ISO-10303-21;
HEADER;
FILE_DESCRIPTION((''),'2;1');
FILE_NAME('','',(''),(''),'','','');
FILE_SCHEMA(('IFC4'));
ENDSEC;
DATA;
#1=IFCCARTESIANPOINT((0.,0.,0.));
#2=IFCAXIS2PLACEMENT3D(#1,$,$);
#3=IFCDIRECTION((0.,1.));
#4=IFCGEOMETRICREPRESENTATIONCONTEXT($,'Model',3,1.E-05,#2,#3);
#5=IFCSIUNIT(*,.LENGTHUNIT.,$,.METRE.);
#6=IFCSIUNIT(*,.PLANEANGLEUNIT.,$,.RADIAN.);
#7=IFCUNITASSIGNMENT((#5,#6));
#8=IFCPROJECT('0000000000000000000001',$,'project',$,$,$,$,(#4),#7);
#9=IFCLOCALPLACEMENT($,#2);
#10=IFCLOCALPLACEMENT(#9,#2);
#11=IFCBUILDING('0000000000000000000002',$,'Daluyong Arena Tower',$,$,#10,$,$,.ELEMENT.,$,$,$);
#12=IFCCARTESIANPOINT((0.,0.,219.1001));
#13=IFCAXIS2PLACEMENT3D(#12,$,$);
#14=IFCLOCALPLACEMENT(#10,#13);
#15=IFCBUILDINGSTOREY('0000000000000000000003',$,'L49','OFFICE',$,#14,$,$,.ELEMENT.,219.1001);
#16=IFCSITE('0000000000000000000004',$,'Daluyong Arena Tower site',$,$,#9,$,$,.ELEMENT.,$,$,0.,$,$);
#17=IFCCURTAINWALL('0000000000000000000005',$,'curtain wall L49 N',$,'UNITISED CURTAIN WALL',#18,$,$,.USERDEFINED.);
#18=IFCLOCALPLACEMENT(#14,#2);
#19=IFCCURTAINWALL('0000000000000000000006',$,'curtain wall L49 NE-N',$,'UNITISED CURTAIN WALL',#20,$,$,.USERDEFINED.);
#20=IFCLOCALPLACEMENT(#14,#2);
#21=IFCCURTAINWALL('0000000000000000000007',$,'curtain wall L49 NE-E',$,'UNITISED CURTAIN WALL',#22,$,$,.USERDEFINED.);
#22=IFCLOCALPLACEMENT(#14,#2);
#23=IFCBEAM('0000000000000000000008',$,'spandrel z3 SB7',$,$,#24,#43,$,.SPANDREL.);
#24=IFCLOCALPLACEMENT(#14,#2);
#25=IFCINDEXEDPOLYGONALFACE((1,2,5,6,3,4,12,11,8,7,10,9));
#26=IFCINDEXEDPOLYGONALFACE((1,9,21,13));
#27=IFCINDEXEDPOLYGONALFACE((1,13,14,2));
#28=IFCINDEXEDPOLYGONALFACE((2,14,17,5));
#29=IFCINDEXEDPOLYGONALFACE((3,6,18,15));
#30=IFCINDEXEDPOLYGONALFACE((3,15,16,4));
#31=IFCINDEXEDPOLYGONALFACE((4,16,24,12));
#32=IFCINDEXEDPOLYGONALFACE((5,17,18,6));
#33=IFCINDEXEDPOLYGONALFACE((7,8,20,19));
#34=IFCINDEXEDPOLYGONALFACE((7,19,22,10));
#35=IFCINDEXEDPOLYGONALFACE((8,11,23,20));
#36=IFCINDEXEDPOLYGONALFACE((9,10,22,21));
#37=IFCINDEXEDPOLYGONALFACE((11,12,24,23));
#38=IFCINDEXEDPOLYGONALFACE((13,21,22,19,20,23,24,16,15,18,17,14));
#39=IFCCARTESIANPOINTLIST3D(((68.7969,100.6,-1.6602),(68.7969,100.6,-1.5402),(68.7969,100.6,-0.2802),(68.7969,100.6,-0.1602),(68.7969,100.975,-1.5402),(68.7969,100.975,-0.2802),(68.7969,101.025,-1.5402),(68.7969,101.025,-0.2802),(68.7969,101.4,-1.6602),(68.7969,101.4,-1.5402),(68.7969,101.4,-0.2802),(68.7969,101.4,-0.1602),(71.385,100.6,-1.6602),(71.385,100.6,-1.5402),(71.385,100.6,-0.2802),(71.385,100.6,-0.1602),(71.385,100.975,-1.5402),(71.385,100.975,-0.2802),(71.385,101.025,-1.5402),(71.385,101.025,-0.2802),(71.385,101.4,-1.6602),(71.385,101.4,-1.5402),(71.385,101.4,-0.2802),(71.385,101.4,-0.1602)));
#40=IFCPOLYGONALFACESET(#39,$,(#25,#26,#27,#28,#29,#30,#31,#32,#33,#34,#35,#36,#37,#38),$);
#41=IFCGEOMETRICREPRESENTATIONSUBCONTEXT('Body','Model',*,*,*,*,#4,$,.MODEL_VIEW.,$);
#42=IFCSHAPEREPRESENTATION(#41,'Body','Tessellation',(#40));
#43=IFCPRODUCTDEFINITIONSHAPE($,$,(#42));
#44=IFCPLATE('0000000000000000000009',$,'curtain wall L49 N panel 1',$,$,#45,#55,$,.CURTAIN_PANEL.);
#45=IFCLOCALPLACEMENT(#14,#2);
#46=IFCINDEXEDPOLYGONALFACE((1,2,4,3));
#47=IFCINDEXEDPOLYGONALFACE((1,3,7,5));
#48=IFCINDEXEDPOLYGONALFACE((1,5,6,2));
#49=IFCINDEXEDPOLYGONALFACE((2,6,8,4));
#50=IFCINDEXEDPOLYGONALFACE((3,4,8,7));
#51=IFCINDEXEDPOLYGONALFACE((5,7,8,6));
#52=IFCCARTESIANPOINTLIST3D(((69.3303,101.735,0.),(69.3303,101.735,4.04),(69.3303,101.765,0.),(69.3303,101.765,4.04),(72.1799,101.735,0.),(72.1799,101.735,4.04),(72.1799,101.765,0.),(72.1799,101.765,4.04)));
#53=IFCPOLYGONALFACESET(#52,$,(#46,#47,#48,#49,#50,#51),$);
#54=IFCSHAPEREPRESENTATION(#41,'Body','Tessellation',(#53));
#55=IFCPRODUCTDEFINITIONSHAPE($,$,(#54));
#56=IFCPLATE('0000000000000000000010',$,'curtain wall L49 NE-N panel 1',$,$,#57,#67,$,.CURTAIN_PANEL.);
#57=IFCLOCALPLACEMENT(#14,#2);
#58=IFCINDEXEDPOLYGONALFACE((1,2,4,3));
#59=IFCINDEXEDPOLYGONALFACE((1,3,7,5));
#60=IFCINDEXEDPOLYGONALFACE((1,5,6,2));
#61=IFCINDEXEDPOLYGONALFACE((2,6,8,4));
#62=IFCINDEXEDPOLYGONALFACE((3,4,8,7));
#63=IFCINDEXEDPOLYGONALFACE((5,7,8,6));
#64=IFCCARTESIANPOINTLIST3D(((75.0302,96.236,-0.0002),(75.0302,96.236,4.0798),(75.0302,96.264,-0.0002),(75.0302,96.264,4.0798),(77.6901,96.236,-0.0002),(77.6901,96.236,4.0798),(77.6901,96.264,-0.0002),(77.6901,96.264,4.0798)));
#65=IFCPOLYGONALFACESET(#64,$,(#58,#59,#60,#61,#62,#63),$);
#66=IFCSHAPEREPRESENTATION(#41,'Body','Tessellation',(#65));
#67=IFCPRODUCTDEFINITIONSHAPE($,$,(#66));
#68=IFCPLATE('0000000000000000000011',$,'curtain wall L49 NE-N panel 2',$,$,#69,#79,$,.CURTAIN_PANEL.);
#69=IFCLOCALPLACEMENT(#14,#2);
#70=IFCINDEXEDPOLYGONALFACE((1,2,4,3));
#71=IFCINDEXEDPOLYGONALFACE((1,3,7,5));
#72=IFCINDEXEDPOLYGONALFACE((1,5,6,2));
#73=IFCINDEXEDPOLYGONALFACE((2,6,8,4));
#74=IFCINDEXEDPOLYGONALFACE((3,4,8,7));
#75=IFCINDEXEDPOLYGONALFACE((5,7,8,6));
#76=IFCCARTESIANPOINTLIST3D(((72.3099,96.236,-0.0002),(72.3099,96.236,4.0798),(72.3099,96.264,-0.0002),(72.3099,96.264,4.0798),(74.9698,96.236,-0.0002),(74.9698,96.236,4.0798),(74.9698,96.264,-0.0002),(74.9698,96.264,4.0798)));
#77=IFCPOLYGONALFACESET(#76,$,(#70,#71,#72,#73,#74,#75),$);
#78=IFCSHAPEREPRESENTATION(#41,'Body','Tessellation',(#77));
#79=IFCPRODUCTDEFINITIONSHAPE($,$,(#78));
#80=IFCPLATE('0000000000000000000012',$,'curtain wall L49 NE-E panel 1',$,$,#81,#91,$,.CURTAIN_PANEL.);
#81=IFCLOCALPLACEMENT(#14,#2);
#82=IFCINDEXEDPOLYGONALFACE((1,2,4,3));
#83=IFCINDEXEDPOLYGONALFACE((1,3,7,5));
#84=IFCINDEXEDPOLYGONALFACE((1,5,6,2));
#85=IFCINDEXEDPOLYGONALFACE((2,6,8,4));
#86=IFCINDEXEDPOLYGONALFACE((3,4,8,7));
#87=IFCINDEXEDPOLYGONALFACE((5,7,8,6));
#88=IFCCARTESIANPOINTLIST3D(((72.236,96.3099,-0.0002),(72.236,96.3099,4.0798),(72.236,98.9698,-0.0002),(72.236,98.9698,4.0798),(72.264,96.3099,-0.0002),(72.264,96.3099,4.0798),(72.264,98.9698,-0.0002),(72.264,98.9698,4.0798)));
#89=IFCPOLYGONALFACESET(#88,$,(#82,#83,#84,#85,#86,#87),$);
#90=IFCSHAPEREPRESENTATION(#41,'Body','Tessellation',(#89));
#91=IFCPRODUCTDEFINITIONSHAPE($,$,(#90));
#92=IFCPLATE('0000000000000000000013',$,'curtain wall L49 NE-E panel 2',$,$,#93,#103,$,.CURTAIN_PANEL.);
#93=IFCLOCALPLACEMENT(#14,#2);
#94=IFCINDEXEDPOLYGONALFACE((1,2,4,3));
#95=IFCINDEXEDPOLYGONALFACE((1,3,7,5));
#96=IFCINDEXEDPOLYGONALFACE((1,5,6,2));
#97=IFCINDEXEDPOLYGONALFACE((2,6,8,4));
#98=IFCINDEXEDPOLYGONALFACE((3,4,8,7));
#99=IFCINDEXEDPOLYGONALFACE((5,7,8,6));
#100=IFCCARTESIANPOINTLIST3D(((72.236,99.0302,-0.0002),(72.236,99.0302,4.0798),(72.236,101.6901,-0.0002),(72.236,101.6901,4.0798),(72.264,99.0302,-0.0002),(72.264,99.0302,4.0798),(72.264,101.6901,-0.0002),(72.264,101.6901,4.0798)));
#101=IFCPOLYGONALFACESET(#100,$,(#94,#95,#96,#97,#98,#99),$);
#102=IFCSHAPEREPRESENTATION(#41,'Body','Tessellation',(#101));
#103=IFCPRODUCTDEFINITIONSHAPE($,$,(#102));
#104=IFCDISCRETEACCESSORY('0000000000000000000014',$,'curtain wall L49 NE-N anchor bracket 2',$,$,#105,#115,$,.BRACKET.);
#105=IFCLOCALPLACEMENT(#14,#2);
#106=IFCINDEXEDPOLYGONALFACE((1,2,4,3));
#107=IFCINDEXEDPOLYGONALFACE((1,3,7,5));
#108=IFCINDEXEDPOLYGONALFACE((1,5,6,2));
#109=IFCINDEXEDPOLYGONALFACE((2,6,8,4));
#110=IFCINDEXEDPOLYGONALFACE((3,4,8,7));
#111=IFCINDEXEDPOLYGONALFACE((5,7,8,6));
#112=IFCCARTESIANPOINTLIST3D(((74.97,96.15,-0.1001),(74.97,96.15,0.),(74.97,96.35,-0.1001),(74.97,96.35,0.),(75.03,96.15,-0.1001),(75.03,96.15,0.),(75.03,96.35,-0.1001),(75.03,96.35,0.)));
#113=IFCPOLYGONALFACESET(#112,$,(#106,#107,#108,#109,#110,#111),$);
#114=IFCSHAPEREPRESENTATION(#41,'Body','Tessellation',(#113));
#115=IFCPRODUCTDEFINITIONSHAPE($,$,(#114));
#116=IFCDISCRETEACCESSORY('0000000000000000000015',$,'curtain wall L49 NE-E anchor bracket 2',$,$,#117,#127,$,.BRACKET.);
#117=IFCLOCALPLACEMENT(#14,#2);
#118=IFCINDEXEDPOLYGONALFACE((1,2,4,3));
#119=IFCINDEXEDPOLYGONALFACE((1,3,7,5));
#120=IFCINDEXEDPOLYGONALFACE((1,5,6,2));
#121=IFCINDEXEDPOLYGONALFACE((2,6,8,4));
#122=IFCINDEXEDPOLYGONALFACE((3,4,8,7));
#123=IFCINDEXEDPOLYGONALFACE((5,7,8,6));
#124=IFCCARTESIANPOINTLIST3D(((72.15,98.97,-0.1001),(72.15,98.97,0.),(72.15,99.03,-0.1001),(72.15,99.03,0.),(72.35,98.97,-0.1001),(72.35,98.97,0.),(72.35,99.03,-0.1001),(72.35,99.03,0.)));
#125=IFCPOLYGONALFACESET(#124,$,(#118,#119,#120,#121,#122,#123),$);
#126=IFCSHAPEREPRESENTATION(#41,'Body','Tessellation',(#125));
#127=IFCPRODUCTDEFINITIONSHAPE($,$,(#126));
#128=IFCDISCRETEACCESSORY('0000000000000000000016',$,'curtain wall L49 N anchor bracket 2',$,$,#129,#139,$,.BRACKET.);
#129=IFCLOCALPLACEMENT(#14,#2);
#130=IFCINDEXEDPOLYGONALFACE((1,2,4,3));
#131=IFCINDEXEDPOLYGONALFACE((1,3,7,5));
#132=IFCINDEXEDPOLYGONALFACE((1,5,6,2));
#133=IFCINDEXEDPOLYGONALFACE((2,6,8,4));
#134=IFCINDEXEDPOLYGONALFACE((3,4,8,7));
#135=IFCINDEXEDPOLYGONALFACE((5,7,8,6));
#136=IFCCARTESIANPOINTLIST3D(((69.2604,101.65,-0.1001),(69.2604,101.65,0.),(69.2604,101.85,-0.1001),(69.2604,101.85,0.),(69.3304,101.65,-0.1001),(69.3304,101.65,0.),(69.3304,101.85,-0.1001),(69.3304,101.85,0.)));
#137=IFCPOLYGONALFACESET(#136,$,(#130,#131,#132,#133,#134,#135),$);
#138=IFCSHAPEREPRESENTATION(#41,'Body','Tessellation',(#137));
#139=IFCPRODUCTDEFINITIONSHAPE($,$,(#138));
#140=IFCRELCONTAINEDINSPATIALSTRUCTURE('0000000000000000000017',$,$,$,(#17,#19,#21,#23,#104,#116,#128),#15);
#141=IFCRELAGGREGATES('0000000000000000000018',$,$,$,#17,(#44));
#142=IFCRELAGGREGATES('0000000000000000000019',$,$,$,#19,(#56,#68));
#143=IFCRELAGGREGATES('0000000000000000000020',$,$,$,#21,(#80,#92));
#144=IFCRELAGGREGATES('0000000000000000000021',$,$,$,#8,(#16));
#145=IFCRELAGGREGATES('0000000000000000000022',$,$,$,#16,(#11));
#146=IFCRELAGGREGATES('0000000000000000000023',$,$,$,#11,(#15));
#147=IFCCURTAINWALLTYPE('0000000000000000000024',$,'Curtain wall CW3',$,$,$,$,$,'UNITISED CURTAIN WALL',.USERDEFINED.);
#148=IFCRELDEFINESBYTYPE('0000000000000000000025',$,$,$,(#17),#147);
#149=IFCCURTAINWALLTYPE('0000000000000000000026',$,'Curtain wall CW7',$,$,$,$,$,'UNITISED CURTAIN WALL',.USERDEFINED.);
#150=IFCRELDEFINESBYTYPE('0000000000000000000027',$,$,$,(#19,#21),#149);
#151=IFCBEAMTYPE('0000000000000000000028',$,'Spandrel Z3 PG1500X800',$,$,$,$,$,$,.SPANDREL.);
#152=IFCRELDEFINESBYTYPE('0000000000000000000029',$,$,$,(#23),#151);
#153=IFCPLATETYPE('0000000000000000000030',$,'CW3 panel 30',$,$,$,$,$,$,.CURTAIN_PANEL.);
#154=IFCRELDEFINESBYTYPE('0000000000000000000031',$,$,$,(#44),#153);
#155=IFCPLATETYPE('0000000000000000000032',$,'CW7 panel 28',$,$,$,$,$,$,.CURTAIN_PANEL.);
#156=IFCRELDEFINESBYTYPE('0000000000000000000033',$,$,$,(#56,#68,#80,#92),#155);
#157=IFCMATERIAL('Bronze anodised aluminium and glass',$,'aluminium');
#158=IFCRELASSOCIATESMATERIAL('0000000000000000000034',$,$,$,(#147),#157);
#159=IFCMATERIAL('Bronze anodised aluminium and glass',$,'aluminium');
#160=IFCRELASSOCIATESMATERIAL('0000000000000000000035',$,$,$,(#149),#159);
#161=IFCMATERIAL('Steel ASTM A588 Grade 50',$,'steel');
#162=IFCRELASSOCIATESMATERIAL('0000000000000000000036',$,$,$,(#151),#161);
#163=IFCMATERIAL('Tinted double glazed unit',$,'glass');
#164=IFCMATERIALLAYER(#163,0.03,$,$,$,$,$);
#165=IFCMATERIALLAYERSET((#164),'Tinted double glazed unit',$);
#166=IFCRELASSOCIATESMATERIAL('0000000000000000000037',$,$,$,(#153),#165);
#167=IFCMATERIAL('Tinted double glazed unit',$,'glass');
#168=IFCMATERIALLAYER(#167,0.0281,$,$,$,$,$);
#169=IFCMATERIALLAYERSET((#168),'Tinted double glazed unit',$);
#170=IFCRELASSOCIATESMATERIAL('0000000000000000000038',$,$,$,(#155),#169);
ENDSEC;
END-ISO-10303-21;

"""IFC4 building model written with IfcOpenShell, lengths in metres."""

from ifc_helpers import new_model, si_unit, direction, frame, origin, origin_2d, place, context, subcontext, project, spatial, rectangle, i_section, extrude, material, layer, layer_set, material_profile, profile_set, type_object, element, aggregate, save


model = new_model("IFC4")

# Units and contexts
model_context = context("Model", 3, precision=1e-05, world=origin(), true_north=direction((0.0, 1.0)))
body_context = subcontext(model_context, "Body", "Model", "MODEL_VIEW")
ifc_project = project(units=[si_unit("LENGTHUNIT", "METRE"), si_unit("PLANEANGLEUNIT", "RADIAN")], contexts=[model_context])

# Site, building, storey
site_placement = place(None, origin())
site = spatial("IfcSite", under=ifc_project, at=site_placement, Name="Daluyong Arena Tower site", CompositionType="ELEMENT", RefElevation=0.0)
building_placement = place(site_placement, origin())
building = spatial("IfcBuilding", under=site, at=building_placement, Name="Daluyong Arena Tower", CompositionType="ELEMENT")
storey_placement = place(building_placement, frame((0.0, 0.0, 219.1001)))
storey = spatial("IfcBuildingStorey", under=building, at=storey_placement, Name="L49", Description="OFFICE", CompositionType="ELEMENT", Elevation=219.1001)

# Shared definitions
ifc_material_1 = material(Name="Bronze anodised aluminium and glass", Category="aluminium")
curtain_wall_type_1 = type_object("IfcCurtainWallType", Name="Curtain wall CW3", ElementType="UNITISED CURTAIN WALL", PredefinedType="USERDEFINED", material=ifc_material_1)

# Curtain walls
curtain_wall_1_placement = place(storey_placement, origin())
curtain_wall_1 = element("IfcCurtainWall", 1, at=curtain_wall_1_placement, inside=storey, type_object=curtain_wall_type_1, Name="curtain wall L49 N", ObjectType="UNITISED CURTAIN WALL", PredefinedType="USERDEFINED")
ifc_material_2 = material(Name="Bronze anodised aluminium and glass", Category="aluminium")
curtain_wall_type_2 = type_object("IfcCurtainWallType", Name="Curtain wall CW7", ElementType="UNITISED CURTAIN WALL", PredefinedType="USERDEFINED", material=ifc_material_2)
curtain_wall_2_placement = place(storey_placement, origin())
curtain_wall_2 = element("IfcCurtainWall", 2, at=curtain_wall_2_placement, inside=storey, type_object=curtain_wall_type_2, Name="curtain wall L49 NE-N", ObjectType="UNITISED CURTAIN WALL", PredefinedType="USERDEFINED")
curtain_wall_3_placement = place(storey_placement, origin())
curtain_wall_3 = element("IfcCurtainWall", 3, at=curtain_wall_3_placement, inside=storey, type_object=curtain_wall_type_2, Name="curtain wall L49 NE-E", ObjectType="UNITISED CURTAIN WALL", PredefinedType="USERDEFINED")

# Beam
ifc_material_3 = material(Name="Steel ASTM A588 Grade 50", Category="steel")
ifc_material_profile_1 = material_profile(ifc_material_3, i_section(OverallWidth=0.8, OverallDepth=1.5, WebThickness=0.05, FlangeThickness=0.12, at=origin_2d()))
ifc_profile_set_1 = profile_set([ifc_material_profile_1], Name="Steel ASTM A588 Grade 50")
beam_type = type_object("IfcBeamType", Name="Spandrel Z3 PG1500X800", PredefinedType="SPANDREL", material=ifc_profile_set_1)
beam_placement = place(storey_placement, frame((71.385, 101.0, -0.9102), z_axis=(-1.0, 0.0, 0.0), x_axis=(0.0, -1.0, 0.0)))
element("IfcBeam", 4, at=beam_placement, inside=storey, type_object=beam_type, Name="spandrel z3 SB7", PredefinedType="SPANDREL", context=body_context, shape_type="SweptSolid", body=[
    extrude(i_section(OverallWidth=0.8, OverallDepth=1.5, WebThickness=0.05, FlangeThickness=0.12, at=origin_2d()), origin(), (0.0, 0.0, 1.0), 2.5881),
])

# Plates
ifc_material_4 = material(Name="Tinted double glazed unit", Category="glass")
ifc_layer_1 = layer(ifc_material_4, 0.03)
ifc_layer_set_1 = layer_set([ifc_layer_1], Name="Tinted double glazed unit")
plate_type_1 = type_object("IfcPlateType", Name="CW3 panel 30", PredefinedType="CURTAIN_PANEL", material=ifc_layer_set_1)
plate_1_placement = place(storey_placement, frame((70.7551, 101.75, 0.0), z_axis=(0.0, 0.0, 1.0), x_axis=(-1.0, 0.0, 0.0)))
plate_1 = element("IfcPlate", 5, at=plate_1_placement, type_object=plate_type_1, Name="curtain wall L49 N panel 1", PredefinedType="CURTAIN_PANEL", context=body_context, shape_type="SweptSolid", body=[
    extrude(rectangle(XDim=2.8496, YDim=0.03, at=origin_2d()), origin(), (0.0, 0.0, 1.0), 4.04),
])
aggregate(curtain_wall_1, [plate_1])
ifc_material_5 = material(Name="Tinted double glazed unit", Category="glass")
ifc_layer_2 = layer(ifc_material_5, 0.0281)
ifc_layer_set_2 = layer_set([ifc_layer_2], Name="Tinted double glazed unit")
plate_type_2 = type_object("IfcPlateType", Name="CW7 panel 28", PredefinedType="CURTAIN_PANEL", material=ifc_layer_set_2)
plate_2_placement = place(storey_placement, frame((76.3601, 96.25, -0.0002), z_axis=(0.0, 0.0, 1.0), x_axis=(-1.0, 0.0, 0.0)))
plate_2 = element("IfcPlate", 6, at=plate_2_placement, type_object=plate_type_2, Name="curtain wall L49 NE-N panel 1", PredefinedType="CURTAIN_PANEL", context=body_context, shape_type="SweptSolid", body=[
    extrude(rectangle(XDim=2.6599, YDim=0.0281, at=origin_2d()), origin(), (0.0, 0.0, 1.0), 4.0801),
])
plate_3_placement = place(storey_placement, frame((73.6399, 96.25, -0.0002), z_axis=(0.0, 0.0, 1.0), x_axis=(-1.0, 0.0, 0.0)))
plate_3 = element("IfcPlate", 7, at=plate_3_placement, type_object=plate_type_2, Name="curtain wall L49 NE-N panel 2", PredefinedType="CURTAIN_PANEL", context=body_context, shape_type="SweptSolid", body=[
    extrude(rectangle(XDim=2.6599, YDim=0.0281, at=origin_2d()), origin(), (0.0, 0.0, 1.0), 4.0801),
])
aggregate(curtain_wall_2, [plate_2, plate_3])
plate_4_placement = place(storey_placement, frame((72.25, 97.6399, -0.0002), z_axis=(0.0, 0.0, 1.0), x_axis=(0.0, 1.0, 0.0)))
plate_4 = element("IfcPlate", 8, at=plate_4_placement, type_object=plate_type_2, Name="curtain wall L49 NE-E panel 1", PredefinedType="CURTAIN_PANEL", context=body_context, shape_type="SweptSolid", body=[
    extrude(rectangle(XDim=2.6599, YDim=0.0281, at=origin_2d()), origin(), (0.0, 0.0, 1.0), 4.0801),
])
plate_5_placement = place(storey_placement, frame((72.25, 100.3601, -0.0002), z_axis=(0.0, 0.0, 1.0), x_axis=(0.0, 1.0, 0.0)))
plate_5 = element("IfcPlate", 9, at=plate_5_placement, type_object=plate_type_2, Name="curtain wall L49 NE-E panel 2", PredefinedType="CURTAIN_PANEL", context=body_context, shape_type="SweptSolid", body=[
    extrude(rectangle(XDim=2.6599, YDim=0.0281, at=origin_2d()), origin(), (0.0, 0.0, 1.0), 4.0801),
])
aggregate(curtain_wall_3, [plate_4, plate_5])

# Discrete accessories
for number, where, z_axis, x_axis, name in (
    (10, (75.0, 96.25, -0.1001), (0.0, 0.0, 1.0), (-1.0, 0.0, 0.0), "curtain wall L49 NE-N anchor bracket 2"),
    (11, (72.25, 99.0, -0.1001), (0.0, 0.0, 1.0), (0.0, 1.0, 0.0), "curtain wall L49 NE-E anchor bracket 2"),
):
    element("IfcDiscreteAccessory", number, at=place(storey_placement, frame(where, z_axis=z_axis, x_axis=x_axis)), inside=storey, Name=name, PredefinedType="BRACKET", context=body_context, shape_type="SweptSolid", body=[
        extrude(rectangle(XDim=0.0601, YDim=0.2, at=origin_2d()), origin(), (0.0, 0.0, 1.0), 0.1001),
    ])
discrete_accessory_placement = place(storey_placement, frame((69.2954, 101.75, -0.1001), z_axis=(0.0, 0.0, 1.0), x_axis=(-1.0, 0.0, 0.0)))
element("IfcDiscreteAccessory", 12, at=discrete_accessory_placement, inside=storey, Name="curtain wall L49 N anchor bracket 2", PredefinedType="BRACKET", context=body_context, shape_type="SweptSolid", body=[
    extrude(rectangle(XDim=0.0701, YDim=0.2, at=origin_2d()), origin(), (0.0, 0.0, 1.0), 0.1001),
])

save(model, "model.ifc")
